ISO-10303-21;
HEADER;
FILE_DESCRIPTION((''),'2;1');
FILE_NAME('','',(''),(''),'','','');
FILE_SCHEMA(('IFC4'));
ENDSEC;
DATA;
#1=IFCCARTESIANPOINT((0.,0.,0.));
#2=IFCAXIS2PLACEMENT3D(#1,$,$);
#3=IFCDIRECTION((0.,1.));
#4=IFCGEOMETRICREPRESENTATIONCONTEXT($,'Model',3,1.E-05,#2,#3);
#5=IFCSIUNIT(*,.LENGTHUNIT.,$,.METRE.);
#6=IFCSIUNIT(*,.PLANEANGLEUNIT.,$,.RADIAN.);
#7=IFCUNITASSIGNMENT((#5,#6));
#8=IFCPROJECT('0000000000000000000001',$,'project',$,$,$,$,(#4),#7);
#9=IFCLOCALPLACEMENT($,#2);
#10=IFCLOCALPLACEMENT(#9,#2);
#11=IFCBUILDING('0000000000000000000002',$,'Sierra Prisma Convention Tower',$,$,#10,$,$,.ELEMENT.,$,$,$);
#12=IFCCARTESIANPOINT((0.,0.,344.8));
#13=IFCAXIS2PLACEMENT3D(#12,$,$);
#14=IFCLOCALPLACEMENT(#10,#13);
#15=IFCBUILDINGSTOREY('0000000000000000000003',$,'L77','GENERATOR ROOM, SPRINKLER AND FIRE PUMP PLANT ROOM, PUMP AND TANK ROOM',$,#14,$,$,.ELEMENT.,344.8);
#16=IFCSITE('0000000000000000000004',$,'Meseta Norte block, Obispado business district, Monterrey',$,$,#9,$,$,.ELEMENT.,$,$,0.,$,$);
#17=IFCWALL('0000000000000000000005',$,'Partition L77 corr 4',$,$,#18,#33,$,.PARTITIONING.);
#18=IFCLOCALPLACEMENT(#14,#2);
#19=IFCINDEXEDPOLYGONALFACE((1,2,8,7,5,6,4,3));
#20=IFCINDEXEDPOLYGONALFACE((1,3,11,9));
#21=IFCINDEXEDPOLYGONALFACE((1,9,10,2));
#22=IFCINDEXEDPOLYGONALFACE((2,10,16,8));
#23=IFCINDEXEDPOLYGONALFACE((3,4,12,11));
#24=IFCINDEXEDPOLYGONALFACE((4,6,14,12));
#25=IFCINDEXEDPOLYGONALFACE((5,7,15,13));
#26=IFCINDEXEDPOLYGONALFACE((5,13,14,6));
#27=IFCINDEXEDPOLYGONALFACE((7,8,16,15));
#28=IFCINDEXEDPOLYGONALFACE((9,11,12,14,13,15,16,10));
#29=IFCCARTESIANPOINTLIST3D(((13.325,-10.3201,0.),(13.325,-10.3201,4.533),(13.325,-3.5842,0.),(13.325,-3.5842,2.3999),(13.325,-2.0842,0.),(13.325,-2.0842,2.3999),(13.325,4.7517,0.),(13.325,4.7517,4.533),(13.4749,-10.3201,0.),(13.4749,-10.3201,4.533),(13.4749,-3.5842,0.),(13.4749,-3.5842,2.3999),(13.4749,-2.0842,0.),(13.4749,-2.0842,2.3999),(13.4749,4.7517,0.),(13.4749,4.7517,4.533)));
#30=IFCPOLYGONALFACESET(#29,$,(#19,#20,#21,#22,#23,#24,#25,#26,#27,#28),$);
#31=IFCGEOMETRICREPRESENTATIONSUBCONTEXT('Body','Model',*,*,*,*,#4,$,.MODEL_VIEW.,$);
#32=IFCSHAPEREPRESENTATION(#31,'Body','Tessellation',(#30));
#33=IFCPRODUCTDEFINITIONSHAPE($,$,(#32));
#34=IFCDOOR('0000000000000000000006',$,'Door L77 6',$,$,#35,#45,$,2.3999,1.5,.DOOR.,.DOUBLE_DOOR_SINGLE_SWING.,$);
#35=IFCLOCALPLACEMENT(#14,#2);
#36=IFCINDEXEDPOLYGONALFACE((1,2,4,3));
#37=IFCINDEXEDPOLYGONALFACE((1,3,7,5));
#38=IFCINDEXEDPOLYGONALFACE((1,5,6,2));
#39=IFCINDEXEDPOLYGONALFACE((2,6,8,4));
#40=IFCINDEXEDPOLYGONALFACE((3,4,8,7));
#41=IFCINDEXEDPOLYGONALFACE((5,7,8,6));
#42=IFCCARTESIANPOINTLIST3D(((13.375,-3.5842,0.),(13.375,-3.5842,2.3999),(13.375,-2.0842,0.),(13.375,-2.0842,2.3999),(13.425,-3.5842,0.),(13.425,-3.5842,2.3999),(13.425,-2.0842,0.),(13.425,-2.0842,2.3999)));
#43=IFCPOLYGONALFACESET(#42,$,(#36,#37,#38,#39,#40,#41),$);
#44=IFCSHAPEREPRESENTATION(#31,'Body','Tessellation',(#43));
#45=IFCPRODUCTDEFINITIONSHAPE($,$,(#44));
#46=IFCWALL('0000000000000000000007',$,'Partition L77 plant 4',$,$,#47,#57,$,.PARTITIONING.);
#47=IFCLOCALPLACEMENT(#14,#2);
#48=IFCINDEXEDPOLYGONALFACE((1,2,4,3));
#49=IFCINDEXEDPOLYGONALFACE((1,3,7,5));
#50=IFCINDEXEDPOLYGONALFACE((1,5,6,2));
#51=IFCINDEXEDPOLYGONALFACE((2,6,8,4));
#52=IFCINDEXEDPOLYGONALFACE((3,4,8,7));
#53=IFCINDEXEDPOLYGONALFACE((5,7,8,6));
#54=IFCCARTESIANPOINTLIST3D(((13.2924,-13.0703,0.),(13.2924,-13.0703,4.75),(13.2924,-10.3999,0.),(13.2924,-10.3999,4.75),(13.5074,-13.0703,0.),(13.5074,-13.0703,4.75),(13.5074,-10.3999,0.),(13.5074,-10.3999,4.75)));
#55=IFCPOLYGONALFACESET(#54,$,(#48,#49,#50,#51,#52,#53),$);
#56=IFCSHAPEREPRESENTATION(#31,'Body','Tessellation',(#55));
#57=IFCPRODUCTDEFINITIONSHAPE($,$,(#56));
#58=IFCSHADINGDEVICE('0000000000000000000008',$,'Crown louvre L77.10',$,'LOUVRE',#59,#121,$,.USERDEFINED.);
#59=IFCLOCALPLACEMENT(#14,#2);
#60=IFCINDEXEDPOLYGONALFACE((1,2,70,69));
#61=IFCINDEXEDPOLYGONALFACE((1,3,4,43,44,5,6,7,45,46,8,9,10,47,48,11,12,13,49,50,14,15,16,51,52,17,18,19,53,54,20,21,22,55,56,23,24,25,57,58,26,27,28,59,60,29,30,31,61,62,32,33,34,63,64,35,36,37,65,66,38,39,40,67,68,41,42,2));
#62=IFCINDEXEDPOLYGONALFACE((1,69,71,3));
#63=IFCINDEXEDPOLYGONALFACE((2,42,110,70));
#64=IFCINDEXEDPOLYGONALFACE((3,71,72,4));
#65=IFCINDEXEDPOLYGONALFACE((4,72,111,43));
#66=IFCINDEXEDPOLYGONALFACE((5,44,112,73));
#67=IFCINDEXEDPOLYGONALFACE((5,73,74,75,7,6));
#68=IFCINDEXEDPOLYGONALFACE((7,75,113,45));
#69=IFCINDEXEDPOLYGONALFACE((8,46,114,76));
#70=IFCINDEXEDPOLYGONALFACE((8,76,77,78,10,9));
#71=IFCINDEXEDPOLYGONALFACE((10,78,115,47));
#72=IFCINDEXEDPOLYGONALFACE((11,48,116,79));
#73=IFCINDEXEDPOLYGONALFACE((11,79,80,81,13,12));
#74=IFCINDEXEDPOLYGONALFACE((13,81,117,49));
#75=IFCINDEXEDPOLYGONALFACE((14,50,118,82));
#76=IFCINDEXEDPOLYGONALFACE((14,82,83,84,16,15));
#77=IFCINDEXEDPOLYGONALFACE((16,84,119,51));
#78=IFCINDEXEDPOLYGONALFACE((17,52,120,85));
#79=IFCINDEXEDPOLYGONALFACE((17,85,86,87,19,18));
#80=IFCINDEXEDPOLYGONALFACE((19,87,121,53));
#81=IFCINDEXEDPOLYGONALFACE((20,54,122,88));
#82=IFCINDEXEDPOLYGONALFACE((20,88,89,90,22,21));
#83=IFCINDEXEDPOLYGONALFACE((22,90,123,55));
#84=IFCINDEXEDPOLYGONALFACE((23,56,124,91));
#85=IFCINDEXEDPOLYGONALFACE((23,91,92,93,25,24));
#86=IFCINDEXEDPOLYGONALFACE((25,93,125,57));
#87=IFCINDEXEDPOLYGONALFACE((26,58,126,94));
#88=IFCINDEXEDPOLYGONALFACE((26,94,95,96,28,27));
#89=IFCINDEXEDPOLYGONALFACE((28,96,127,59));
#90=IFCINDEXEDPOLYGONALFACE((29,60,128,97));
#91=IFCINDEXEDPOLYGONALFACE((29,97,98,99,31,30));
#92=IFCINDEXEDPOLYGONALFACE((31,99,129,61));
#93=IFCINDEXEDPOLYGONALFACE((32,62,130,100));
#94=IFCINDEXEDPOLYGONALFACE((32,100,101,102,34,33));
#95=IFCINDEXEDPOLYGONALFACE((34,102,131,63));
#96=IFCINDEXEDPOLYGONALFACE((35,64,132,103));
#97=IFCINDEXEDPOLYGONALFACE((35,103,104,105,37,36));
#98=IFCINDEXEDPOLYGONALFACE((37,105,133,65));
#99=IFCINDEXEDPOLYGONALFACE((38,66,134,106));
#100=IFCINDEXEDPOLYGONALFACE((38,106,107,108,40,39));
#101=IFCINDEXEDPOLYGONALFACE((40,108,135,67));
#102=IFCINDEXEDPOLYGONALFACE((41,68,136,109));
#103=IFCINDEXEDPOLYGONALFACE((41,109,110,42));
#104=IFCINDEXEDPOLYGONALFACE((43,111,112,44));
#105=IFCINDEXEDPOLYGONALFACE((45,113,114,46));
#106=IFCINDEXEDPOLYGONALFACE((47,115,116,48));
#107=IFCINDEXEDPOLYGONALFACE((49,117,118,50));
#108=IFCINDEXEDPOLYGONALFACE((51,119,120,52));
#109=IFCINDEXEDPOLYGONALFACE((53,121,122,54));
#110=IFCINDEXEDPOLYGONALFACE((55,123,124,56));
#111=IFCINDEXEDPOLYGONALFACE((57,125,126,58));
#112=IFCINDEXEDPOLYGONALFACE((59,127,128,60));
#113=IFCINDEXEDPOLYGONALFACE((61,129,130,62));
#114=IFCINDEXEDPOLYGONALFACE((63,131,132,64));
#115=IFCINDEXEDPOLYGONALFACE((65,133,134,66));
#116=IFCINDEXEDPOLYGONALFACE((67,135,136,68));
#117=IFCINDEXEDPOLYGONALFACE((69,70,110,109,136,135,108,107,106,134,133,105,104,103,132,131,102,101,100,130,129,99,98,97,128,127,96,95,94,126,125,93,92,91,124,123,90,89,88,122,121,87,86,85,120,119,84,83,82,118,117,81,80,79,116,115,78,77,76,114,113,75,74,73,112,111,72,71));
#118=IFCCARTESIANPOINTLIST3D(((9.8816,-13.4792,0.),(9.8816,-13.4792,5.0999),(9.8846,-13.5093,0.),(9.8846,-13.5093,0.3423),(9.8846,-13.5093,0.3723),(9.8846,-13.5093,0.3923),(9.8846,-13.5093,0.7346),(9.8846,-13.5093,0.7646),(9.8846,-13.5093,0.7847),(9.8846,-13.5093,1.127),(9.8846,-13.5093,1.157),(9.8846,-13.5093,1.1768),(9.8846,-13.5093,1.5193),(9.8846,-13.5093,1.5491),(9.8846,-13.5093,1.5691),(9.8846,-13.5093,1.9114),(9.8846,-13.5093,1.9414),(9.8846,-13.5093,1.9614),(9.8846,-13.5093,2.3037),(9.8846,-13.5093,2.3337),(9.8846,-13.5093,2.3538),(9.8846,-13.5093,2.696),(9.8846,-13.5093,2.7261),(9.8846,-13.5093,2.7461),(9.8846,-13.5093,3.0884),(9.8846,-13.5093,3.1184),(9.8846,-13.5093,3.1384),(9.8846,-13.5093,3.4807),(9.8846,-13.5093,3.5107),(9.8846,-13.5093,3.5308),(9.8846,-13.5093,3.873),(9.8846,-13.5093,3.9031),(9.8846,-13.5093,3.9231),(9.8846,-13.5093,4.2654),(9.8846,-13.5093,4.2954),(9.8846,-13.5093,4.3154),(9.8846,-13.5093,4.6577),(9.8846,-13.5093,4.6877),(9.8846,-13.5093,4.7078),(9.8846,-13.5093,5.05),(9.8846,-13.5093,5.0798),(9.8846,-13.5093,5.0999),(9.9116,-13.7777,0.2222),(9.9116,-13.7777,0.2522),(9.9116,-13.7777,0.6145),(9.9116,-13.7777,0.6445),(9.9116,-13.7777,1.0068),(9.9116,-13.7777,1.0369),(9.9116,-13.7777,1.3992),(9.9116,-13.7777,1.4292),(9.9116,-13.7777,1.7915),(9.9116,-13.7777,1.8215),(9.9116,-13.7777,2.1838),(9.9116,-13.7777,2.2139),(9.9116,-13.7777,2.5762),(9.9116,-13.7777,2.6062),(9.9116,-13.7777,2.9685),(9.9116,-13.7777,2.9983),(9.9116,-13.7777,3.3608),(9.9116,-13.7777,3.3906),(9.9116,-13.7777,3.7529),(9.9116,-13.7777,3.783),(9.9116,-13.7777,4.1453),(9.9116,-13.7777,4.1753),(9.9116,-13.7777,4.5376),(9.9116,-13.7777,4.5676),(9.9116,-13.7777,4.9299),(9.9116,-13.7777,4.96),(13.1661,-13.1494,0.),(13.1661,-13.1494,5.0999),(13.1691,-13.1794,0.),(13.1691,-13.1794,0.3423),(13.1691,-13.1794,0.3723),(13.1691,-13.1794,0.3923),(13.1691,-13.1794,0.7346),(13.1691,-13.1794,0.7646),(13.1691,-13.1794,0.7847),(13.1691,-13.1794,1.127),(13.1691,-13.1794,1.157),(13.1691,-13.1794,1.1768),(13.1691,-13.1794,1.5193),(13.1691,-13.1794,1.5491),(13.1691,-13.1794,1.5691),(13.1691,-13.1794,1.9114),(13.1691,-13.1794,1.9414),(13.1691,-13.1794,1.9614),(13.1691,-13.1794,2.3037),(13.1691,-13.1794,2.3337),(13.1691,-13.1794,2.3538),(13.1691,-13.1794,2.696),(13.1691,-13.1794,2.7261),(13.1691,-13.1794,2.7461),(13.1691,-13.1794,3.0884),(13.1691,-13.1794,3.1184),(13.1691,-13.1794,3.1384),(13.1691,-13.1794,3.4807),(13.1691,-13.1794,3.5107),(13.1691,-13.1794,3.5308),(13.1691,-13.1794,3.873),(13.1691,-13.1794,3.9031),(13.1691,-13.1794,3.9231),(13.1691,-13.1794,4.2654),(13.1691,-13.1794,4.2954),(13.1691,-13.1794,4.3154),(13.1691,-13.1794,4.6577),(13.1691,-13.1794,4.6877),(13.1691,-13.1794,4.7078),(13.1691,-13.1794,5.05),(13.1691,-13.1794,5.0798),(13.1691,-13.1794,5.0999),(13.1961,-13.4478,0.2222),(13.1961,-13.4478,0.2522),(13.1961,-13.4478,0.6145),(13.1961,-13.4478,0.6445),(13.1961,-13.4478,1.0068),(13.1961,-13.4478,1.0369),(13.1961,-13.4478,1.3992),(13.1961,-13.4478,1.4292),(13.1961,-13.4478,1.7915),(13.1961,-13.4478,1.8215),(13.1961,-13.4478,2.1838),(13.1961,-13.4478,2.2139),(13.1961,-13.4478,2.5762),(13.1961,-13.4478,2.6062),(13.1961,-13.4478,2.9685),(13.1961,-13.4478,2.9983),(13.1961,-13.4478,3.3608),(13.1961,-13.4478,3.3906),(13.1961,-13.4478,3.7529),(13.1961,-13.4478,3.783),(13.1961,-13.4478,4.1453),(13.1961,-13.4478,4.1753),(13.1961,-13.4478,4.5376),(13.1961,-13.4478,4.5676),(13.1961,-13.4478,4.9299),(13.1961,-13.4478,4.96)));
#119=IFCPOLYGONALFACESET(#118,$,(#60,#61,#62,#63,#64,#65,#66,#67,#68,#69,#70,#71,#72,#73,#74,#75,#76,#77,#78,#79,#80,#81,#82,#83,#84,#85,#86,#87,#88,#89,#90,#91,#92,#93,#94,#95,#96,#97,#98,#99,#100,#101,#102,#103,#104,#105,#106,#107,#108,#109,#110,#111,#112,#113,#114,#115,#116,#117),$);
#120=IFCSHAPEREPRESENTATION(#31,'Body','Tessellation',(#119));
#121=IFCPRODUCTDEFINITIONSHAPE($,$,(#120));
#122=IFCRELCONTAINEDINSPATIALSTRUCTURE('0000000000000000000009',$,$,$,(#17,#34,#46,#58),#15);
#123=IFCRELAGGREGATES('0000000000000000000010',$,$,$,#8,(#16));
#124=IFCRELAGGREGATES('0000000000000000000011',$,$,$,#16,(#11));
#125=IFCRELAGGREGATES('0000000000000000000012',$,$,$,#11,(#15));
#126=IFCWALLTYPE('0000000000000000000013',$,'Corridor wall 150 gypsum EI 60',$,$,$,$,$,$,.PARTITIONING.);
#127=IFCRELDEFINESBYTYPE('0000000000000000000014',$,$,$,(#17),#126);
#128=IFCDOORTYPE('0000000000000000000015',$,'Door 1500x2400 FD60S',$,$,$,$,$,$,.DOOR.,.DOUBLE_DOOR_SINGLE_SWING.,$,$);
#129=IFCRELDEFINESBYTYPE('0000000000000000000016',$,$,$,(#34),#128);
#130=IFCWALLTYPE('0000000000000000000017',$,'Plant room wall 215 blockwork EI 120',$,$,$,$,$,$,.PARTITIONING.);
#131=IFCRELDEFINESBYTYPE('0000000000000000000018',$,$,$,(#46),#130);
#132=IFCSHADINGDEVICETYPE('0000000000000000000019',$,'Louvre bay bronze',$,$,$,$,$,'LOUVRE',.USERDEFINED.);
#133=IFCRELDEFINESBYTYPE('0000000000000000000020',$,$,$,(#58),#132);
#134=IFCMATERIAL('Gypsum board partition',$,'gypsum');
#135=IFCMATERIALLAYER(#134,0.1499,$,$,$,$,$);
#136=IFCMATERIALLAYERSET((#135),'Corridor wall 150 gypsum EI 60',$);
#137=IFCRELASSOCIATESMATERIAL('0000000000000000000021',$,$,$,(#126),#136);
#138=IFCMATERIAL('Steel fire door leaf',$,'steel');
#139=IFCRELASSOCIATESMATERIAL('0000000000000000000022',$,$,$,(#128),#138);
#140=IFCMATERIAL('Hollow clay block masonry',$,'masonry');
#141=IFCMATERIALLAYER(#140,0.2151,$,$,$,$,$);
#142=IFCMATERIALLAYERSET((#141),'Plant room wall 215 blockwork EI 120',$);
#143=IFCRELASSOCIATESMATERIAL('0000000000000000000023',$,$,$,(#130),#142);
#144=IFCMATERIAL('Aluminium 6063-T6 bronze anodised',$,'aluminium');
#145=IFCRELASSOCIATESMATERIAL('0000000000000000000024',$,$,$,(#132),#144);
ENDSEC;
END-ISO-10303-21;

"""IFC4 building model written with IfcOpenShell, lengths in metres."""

from ifc_helpers import new_model, si_unit, direction, frame, frame_2d, origin, place, context, subcontext, project, spatial, polyline, rectangle, outline, extrude, material, layer, layer_set, type_object, element, fill, save


model = new_model("IFC4")

# Units and contexts
model_context = context("Model", 3, precision=1e-05, world=origin(), true_north=direction((0.0, 1.0)))
body_context = subcontext(model_context, "Body", "Model", "MODEL_VIEW")
ifc_project = project(units=[si_unit("LENGTHUNIT", "METRE"), si_unit("PLANEANGLEUNIT", "RADIAN")], contexts=[model_context])

# Site, building, storey
site_placement = place(None, origin())
site = spatial("IfcSite", under=ifc_project, at=site_placement, Name="Meseta Norte block, Obispado business district, Monterrey", CompositionType="ELEMENT", RefElevation=0.0)
building_placement = place(site_placement, origin())
building = spatial("IfcBuilding", under=site, at=building_placement, Name="Sierra Prisma Convention Tower", CompositionType="ELEMENT")
storey_placement = place(building_placement, frame((0.0, 0.0, 344.8)))
storey = spatial("IfcBuildingStorey", under=building, at=storey_placement, Name="L77", Description="GENERATOR ROOM, SPRINKLER AND FIRE PUMP PLANT ROOM, PUMP AND TANK ROOM", CompositionType="ELEMENT", Elevation=344.8)

# Wall, opening, door
ifc_material_1 = material(Name="Gypsum board partition", Category="gypsum")
ifc_layer_1 = layer(ifc_material_1, 0.1499)
ifc_layer_set_1 = layer_set([ifc_layer_1], Name="Corridor wall 150 gypsum EI 60")
wall_type_1 = type_object("IfcWallType", Name="Corridor wall 150 gypsum EI 60", PredefinedType="PARTITIONING", material=ifc_layer_set_1)
wall_1_placement = place(storey_placement, frame((13.3999, -10.3201, 0.0), z_axis=(0.0, 0.0, 1.0), x_axis=(0.0, 1.0, 0.0)))
wall_1 = element("IfcWall", 1, at=wall_1_placement, inside=storey, type_object=wall_type_1, Name="Partition L77 corr 4", PredefinedType="PARTITIONING", context=body_context, shape_type="SweptSolid", body=[
    extrude(rectangle(XDim=15.0718, YDim=0.1499, at=frame_2d((7.5359, 0.0))), origin(), (0.0, 0.0, 1.0), 4.533),
])
opening_placement = place(wall_1_placement, frame((6.7358, 0.0, 0.0)))
opening = element("IfcOpeningElement", 2, at=opening_placement, cuts=wall_1, PredefinedType="OPENING", context=body_context, shape_type="SweptSolid", body=[
    extrude(rectangle(XDim=1.5, YDim=2.3999, at=frame_2d((0.75, 1.2))), frame((0.0, 0.075, 0.0), z_axis=(0.0, -1.0, 0.0), x_axis=(1.0, 0.0, 0.0)), (0.0, 0.0, 1.0), 0.1499),
])
ifc_material_2 = material(Name="Steel fire door leaf", Category="steel")
door_type = type_object("IfcDoorType", Name="Door 1500x2400 FD60S", OperationType="DOUBLE_DOOR_SINGLE_SWING", PredefinedType="DOOR", material=ifc_material_2)
door_placement = place(opening_placement, origin())
door = element("IfcDoor", 3, at=door_placement, inside=storey, type_object=door_type, Name="Door L77 6", OperationType="DOUBLE_DOOR_SINGLE_SWING", OverallHeight=2.3999, OverallWidth=1.5, PredefinedType="DOOR", context=body_context, shape_type="SweptSolid", body=[
    extrude(rectangle(XDim=1.5, YDim=2.3999, at=frame_2d((0.75, 1.2))), frame((0.0, 0.0249, 0.0), z_axis=(0.0, -1.0, 0.0), x_axis=(1.0, 0.0, 0.0)), (0.0, 0.0, 1.0), 0.05),
])
fill(opening, door)

# Wall
ifc_material_3 = material(Name="Hollow clay block masonry", Category="masonry")
ifc_layer_2 = layer(ifc_material_3, 0.2151)
ifc_layer_set_2 = layer_set([ifc_layer_2], Name="Plant room wall 215 blockwork EI 120")
wall_type_2 = type_object("IfcWallType", Name="Plant room wall 215 blockwork EI 120", PredefinedType="PARTITIONING", material=ifc_layer_set_2)
wall_2_placement = place(storey_placement, frame((13.3999, -10.3999, 0.0), z_axis=(0.0, 0.0, 1.0), x_axis=(0.0, -1.0, 0.0)))
element("IfcWall", 4, at=wall_2_placement, inside=storey, type_object=wall_type_2, Name="Partition L77 plant 4", PredefinedType="PARTITIONING", context=body_context, shape_type="SweptSolid", body=[
    extrude(rectangle(XDim=2.6704, YDim=0.2151, at=frame_2d((1.3352, 0.0))), origin(), (0.0, 0.0, 1.0), 4.75),
])

# Shading device
ifc_material_4 = material(Name="Aluminium 6063-T6 bronze anodised", Category="aluminium")
shading_device_type = type_object("IfcShadingDeviceType", Name="Louvre bay bronze", ElementType="LOUVRE", PredefinedType="USERDEFINED", material=ifc_material_4)
shading_device_1_placement = place(storey_placement, frame((9.8816, -13.4792, 0.0), z_axis=(-0.994994, -0.099932, 0.0), x_axis=(0.0, 0.0, 1.0)))
element("IfcShadingDevice", 5, at=shading_device_1_placement, inside=storey, type_object=shading_device_type, Name="Crown louvre L77.10", ObjectType="LOUVRE", PredefinedType="USERDEFINED", context=body_context, shape_type="SweptSolid", body=[
    extrude(outline(polyline([(0.0, 0.0), (5.0999, 0.0), (5.0999, -0.0302), (5.0798, -0.0302), (4.96, -0.2999), (4.9299, -0.2999), (5.05, -0.0302), (4.7078, -0.0302), (4.6877, -0.0302), (4.5676, -0.2999), (4.5376, -0.2999), (4.6577, -0.0302), (4.3154, -0.0302), (4.2954, -0.0302), (4.1753, -0.2999), (4.1453, -0.2999), (4.2654, -0.0302), (3.9231, -0.0302), (3.9031, -0.0302), (3.783, -0.2999), (3.7529, -0.2999), (3.873, -0.0302), (3.5308, -0.0302), (3.5107, -0.0302), (3.3906, -0.2999), (3.3608, -0.2999), (3.4807, -0.0302), (3.1384, -0.0302), (3.1184, -0.0302), (2.9983, -0.2999), (2.9685, -0.2999), (3.0884, -0.0302), (2.7461, -0.0302), (2.7261, -0.0302), (2.6062, -0.2999), (2.5762, -0.2999), (2.696, -0.0302), (2.3538, -0.0302), (2.3337, -0.0302), (2.2139, -0.2999), (2.1838, -0.2999), (2.3037, -0.0302), (1.9614, -0.0302), (1.9414, -0.0302), (1.8215, -0.2999), (1.7915, -0.2999), (1.9114, -0.0302), (1.5691, -0.0302), (1.5491, -0.0302), (1.4292, -0.2999), (1.3992, -0.2999), (1.5193, -0.0302), (1.1768, -0.0302), (1.157, -0.0302), (1.0369, -0.2999), (1.0068, -0.2999), (1.127, -0.0302), (0.7847, -0.0302), (0.7646, -0.0302), (0.6445, -0.2999), (0.6145, -0.2999), (0.7346, -0.0302), (0.3923, -0.0302), (0.3723, -0.0302), (0.2522, -0.2999), (0.2222, -0.2999), (0.3423, -0.0302), (0.0, -0.0302), (0.0, 0.0)])), origin(), (0.0, 0.0, -1.0), 3.301),
])

save(model, "model.ifc")
